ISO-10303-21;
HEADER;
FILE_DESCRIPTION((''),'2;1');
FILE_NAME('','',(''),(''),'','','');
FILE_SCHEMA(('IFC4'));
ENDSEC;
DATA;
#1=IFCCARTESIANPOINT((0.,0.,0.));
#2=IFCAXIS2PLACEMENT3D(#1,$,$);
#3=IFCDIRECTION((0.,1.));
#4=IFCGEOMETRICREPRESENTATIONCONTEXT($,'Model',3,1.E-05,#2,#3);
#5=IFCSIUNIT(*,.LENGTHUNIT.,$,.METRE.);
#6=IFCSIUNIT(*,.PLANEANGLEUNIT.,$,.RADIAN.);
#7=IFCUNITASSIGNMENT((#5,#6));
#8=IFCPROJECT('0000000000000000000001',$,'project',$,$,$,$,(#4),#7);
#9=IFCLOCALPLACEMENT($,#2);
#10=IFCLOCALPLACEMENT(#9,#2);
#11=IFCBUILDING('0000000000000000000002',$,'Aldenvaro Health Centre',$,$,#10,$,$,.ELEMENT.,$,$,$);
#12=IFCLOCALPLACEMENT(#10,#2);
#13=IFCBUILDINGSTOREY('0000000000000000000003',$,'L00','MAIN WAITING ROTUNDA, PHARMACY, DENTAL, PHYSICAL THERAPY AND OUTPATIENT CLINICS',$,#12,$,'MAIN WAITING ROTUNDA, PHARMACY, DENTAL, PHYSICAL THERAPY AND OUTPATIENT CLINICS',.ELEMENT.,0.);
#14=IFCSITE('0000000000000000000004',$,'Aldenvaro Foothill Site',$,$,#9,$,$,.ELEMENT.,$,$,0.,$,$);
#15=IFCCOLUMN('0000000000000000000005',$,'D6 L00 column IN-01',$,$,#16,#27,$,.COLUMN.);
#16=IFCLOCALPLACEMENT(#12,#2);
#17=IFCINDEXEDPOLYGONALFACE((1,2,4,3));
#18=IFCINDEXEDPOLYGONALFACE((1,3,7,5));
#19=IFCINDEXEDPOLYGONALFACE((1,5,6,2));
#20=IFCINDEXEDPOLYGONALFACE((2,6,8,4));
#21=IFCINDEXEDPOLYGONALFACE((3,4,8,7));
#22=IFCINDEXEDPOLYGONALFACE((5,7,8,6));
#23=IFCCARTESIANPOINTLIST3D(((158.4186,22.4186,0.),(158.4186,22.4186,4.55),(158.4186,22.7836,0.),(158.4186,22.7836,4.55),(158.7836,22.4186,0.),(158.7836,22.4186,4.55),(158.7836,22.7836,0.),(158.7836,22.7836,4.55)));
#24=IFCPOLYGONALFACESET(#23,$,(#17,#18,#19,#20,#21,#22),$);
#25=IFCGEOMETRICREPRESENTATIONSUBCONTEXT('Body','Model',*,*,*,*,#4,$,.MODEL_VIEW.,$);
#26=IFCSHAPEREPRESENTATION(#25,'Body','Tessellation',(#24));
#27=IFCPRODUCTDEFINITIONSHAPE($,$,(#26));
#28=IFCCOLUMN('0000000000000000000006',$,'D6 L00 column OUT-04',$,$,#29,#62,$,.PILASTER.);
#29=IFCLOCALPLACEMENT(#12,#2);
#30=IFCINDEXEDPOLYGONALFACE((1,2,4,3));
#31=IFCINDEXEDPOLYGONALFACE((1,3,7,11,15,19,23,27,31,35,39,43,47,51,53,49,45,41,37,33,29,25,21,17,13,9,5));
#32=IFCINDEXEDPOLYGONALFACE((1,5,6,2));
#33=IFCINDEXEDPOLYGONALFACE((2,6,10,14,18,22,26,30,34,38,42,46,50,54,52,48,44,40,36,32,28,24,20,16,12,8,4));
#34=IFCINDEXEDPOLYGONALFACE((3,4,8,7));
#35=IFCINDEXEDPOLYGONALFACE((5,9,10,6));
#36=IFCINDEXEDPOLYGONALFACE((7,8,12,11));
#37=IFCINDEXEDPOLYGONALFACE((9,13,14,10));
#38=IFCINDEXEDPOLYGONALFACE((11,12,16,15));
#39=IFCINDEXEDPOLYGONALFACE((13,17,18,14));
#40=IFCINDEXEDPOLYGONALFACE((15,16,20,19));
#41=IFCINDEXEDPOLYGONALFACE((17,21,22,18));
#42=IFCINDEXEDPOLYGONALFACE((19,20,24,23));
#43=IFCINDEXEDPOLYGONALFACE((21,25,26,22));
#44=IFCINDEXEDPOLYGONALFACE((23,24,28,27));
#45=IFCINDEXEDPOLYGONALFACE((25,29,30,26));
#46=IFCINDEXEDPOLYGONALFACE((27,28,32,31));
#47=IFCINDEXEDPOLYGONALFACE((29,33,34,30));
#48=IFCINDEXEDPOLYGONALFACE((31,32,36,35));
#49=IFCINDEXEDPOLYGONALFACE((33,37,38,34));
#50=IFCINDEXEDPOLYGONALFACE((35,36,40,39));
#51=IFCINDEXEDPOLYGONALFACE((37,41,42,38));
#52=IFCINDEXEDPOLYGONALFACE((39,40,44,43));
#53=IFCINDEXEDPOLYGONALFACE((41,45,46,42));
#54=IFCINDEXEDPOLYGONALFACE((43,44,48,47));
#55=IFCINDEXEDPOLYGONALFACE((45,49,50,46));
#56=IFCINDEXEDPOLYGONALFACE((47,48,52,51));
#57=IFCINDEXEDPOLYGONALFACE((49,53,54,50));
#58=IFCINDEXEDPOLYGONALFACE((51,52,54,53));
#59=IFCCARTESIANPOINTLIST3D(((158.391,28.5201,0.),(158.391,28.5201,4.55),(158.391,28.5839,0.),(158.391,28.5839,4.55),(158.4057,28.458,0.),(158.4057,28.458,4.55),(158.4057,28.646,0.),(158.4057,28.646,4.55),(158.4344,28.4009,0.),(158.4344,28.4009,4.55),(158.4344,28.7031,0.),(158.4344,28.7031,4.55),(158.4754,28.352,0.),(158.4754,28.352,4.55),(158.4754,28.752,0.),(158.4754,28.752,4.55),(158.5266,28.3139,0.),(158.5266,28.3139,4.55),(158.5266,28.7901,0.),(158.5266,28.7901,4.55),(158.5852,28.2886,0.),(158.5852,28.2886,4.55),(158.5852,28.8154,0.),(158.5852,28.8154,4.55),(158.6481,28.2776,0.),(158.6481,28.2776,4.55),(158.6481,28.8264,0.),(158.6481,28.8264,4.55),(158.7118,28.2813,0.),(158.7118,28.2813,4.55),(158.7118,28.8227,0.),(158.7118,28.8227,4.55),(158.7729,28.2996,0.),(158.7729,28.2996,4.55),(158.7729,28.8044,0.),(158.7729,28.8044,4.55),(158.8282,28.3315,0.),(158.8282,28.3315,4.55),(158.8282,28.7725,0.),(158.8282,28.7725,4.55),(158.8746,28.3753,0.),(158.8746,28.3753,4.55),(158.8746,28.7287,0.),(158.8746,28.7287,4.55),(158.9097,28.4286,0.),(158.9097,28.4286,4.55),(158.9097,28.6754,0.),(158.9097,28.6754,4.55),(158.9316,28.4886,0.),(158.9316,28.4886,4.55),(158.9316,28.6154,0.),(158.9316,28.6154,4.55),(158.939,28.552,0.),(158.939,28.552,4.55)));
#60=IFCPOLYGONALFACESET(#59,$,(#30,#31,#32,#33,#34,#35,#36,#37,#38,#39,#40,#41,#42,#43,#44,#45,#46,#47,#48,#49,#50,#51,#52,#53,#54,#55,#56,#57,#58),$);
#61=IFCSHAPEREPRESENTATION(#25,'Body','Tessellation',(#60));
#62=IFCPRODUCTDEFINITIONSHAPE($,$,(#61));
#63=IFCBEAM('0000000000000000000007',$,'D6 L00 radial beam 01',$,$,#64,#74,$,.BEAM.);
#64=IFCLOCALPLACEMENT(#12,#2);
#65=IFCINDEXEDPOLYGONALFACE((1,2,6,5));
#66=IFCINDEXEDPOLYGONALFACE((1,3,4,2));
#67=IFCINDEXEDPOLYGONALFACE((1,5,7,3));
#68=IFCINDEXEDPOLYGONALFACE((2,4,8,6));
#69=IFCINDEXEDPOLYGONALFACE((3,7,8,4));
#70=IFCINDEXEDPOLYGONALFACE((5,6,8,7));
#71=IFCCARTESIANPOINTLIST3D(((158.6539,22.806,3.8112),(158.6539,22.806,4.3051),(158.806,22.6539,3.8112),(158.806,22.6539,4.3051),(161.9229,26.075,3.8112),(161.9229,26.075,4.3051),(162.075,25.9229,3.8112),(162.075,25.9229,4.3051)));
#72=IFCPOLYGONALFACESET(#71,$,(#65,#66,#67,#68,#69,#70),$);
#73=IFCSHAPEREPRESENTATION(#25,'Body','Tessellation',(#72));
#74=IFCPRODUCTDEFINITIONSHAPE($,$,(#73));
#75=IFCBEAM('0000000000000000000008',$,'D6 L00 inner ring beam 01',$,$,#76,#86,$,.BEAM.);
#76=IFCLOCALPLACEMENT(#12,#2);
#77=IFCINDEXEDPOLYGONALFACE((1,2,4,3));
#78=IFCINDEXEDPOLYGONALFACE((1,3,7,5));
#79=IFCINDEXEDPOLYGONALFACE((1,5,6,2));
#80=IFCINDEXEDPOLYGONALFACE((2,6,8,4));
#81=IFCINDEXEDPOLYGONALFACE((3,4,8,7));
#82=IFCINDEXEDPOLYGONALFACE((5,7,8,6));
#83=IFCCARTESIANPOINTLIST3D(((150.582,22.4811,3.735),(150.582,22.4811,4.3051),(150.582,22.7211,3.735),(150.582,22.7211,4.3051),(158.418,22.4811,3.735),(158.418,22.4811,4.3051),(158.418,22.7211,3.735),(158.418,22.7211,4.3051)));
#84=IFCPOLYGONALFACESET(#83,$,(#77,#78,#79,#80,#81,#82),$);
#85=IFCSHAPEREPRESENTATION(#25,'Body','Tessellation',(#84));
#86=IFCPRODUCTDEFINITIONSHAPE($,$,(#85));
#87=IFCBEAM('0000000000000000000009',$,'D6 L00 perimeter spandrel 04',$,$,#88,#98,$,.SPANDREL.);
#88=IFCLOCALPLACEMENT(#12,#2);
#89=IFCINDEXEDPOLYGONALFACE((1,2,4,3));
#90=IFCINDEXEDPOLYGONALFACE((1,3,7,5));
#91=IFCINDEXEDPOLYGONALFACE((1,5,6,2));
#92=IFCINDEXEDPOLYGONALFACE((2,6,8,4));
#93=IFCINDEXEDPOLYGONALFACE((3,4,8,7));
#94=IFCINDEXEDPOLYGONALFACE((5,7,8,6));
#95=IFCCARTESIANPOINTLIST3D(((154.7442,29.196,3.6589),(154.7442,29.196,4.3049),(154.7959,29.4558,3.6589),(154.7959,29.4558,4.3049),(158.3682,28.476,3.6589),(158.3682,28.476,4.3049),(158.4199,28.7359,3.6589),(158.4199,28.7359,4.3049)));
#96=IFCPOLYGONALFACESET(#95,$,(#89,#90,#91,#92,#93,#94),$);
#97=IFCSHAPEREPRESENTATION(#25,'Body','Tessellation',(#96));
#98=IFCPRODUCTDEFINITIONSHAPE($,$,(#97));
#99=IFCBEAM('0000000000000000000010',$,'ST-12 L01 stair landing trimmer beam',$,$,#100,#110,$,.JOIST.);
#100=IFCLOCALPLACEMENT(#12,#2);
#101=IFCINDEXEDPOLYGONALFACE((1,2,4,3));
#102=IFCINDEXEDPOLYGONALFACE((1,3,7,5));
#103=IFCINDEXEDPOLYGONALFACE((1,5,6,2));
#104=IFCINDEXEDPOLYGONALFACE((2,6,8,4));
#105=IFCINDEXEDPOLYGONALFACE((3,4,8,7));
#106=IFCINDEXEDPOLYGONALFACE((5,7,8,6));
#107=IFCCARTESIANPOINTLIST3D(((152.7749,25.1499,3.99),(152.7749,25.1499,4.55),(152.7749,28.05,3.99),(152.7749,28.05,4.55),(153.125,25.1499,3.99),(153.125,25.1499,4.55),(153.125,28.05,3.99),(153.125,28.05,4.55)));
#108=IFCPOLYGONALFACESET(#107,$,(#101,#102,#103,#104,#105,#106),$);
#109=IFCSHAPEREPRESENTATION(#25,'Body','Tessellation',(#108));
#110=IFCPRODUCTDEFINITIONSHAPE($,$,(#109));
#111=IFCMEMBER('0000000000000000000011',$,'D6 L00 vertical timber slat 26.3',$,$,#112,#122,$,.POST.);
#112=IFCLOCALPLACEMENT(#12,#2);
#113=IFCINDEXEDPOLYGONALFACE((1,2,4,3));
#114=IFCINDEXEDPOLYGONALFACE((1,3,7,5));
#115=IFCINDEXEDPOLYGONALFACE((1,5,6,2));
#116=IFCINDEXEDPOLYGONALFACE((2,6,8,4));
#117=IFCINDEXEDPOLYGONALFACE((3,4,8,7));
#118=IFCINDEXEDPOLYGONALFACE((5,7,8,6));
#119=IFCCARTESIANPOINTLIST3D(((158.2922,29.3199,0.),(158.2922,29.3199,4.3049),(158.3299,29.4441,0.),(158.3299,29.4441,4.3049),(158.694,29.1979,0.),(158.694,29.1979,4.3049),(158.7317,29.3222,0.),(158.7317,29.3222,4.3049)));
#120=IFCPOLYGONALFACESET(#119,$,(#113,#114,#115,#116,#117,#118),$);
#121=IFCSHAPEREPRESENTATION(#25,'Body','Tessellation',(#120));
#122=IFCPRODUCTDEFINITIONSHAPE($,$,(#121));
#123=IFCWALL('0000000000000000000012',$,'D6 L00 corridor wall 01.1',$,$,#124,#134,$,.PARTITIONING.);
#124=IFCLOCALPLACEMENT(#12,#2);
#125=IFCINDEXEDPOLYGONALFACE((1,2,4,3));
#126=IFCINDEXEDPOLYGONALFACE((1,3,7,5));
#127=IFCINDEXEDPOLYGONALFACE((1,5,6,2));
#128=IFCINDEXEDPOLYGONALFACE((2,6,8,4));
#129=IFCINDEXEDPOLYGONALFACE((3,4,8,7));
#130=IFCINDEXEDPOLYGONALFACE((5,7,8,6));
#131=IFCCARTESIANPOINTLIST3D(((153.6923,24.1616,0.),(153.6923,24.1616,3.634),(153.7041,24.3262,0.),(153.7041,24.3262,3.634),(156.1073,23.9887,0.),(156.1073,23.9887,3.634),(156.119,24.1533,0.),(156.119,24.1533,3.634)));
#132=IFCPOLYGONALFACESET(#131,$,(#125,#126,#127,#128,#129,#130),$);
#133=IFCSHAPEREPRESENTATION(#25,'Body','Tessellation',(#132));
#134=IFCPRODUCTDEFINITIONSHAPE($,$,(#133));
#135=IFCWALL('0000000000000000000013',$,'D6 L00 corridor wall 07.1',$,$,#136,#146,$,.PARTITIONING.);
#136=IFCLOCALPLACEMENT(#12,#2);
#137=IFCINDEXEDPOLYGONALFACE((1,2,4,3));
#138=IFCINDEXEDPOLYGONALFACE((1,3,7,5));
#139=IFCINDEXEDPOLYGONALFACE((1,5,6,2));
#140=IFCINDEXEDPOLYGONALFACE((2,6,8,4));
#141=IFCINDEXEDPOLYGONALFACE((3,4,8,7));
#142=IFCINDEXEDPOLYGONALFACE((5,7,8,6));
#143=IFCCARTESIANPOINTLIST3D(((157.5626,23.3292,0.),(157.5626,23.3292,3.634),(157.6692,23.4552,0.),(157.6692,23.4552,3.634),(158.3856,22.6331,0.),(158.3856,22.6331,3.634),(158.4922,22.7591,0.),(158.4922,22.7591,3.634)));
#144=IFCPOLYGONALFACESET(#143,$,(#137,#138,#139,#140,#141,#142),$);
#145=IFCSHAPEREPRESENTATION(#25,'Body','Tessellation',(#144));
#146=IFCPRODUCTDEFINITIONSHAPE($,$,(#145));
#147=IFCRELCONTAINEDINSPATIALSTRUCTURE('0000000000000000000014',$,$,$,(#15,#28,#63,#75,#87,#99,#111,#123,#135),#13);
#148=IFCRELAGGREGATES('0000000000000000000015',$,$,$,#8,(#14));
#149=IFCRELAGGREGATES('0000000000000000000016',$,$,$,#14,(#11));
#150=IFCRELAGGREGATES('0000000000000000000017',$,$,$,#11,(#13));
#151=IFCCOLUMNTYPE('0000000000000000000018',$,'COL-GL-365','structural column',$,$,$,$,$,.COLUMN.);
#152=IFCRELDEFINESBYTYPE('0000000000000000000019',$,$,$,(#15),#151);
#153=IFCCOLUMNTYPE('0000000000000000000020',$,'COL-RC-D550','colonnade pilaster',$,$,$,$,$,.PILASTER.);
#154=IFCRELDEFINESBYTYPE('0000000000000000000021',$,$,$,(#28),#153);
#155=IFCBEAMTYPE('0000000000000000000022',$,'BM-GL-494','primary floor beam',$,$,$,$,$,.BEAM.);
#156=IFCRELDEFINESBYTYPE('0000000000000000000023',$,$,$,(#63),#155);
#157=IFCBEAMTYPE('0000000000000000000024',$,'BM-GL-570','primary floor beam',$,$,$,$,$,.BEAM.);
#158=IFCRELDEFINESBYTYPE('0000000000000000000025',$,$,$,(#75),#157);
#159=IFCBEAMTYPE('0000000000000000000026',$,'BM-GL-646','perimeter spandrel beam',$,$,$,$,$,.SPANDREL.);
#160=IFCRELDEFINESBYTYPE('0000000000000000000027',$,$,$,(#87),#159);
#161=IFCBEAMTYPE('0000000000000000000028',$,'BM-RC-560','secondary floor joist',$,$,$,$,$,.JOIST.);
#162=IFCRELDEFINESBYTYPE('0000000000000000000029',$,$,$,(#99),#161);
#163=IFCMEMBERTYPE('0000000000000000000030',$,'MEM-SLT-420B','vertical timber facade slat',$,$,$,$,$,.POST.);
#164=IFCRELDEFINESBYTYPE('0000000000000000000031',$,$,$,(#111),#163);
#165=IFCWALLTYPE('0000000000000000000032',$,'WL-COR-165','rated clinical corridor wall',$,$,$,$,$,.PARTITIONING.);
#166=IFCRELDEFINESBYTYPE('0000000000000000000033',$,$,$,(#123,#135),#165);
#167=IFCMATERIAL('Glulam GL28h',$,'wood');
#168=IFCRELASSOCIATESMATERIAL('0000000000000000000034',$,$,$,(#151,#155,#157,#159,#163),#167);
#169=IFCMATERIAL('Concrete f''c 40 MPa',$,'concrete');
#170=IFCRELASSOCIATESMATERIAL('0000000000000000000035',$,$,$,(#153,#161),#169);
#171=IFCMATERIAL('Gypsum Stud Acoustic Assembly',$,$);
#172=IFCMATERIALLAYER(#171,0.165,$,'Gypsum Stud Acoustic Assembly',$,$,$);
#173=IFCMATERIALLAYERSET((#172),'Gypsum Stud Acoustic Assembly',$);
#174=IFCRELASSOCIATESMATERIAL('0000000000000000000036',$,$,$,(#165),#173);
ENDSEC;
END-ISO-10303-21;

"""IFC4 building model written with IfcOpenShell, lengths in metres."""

from ifc_helpers import new_model, si_unit, direction, frame, frame_2d, origin, origin_2d, place, context, subcontext, project, spatial, rectangle, circle, extrude, material, layer, layer_set, material_profile, profile_set, type_object, element, save


model = new_model("IFC4")

# Units and contexts
model_context = context("Model", 3, precision=1e-05, world=origin(), true_north=direction((0.0, 1.0)))
body_context = subcontext(model_context, "Body", "Model", "MODEL_VIEW")
ifc_project = project(units=[si_unit("LENGTHUNIT", "METRE"), si_unit("PLANEANGLEUNIT", "RADIAN")], contexts=[model_context])

# Site, building, storey
site_placement = place(None, origin())
site = spatial("IfcSite", under=ifc_project, at=site_placement, Name="Aldenvaro Foothill Site", CompositionType="ELEMENT", RefElevation=0.0)
building_placement = place(site_placement, origin())
building = spatial("IfcBuilding", under=site, at=building_placement, Name="Aldenvaro Health Centre", CompositionType="ELEMENT")
storey_placement = place(building_placement, origin())
storey = spatial("IfcBuildingStorey", under=building, at=storey_placement, Name="L00", Description="MAIN WAITING ROTUNDA, PHARMACY, DENTAL, PHYSICAL THERAPY AND OUTPATIENT CLINICS", LongName="MAIN WAITING ROTUNDA, PHARMACY, DENTAL, PHYSICAL THERAPY AND OUTPATIENT CLINICS", CompositionType="ELEMENT", Elevation=0.0)

# Columns
ifc_material_1 = material(Name="Glulam GL28h", Category="wood")
ifc_material_profile_1 = material_profile(ifc_material_1, rectangle(XDim=0.365, YDim=0.365, at=origin_2d()), Name="GL 365x365", Category="wood")
ifc_profile_set_1 = profile_set([ifc_material_profile_1], Name="Glulam GL28h")
column_type_1 = type_object("IfcColumnType", Name="COL-GL-365", Description="structural column", PredefinedType="COLUMN", material=ifc_profile_set_1)
column_1_placement = place(storey_placement, frame((158.6011, 22.6011, 0.0), z_axis=(0.0, 0.0, 1.0), x_axis=(1.0, 0.0, 0.0)))
element("IfcColumn", 1, at=column_1_placement, inside=storey, type_object=column_type_1, Name="D6 L00 column IN-01", PredefinedType="COLUMN", context=body_context, shape_type="SweptSolid", body=[
    extrude(rectangle(XDim=0.365, YDim=0.365, at=origin_2d()), origin(), (0.0, 0.0, 1.0), 4.55),
])
ifc_material_2 = material(Name="Concrete f'c 40 MPa", Category="concrete")
ifc_material_profile_2 = material_profile(ifc_material_2, circle(Radius=0.2749, at=origin_2d()), Name="RC D550", Category="concrete")
ifc_profile_set_2 = profile_set([ifc_material_profile_2], Name="Concrete f'c 40 MPa")
column_type_2 = type_object("IfcColumnType", Name="COL-RC-D550", Description="colonnade pilaster", PredefinedType="PILASTER", material=ifc_profile_set_2)
column_2_placement = place(storey_placement, frame((158.6641, 28.552, 0.0), z_axis=(0.0, 0.0, 1.0), x_axis=(1.0, 0.0, 0.0)))
element("IfcColumn", 2, at=column_2_placement, inside=storey, type_object=column_type_2, Name="D6 L00 column OUT-04", PredefinedType="PILASTER", context=body_context, shape_type="SweptSolid", body=[
    extrude(circle(Radius=0.2749, at=origin_2d()), origin(), (0.0, 0.0, 1.0), 4.55),
])

# Beams
ifc_material_profile_3 = material_profile(ifc_material_1, rectangle(XDim=0.2151, YDim=0.4939, at=origin_2d()), Name="GL 215x494", Category="wood")
ifc_profile_set_3 = profile_set([ifc_material_profile_3], Name="Glulam GL28h")
beam_type_1 = type_object("IfcBeamType", Name="BM-GL-494", Description="primary floor beam", PredefinedType="BEAM", material=ifc_profile_set_3)
beam_1_placement = place(storey_placement, frame((158.73, 22.73, 4.0581), z_axis=(0.707107, 0.707107, 0.0), x_axis=(-0.707107, 0.707107, 0.0)))
element("IfcBeam", 3, at=beam_1_placement, inside=storey, type_object=beam_type_1, Name="D6 L00 radial beam 01", PredefinedType="BEAM", context=body_context, shape_type="SweptSolid", body=[
    extrude(rectangle(XDim=0.2151, YDim=0.4939, at=origin_2d()), origin(), (0.0, 0.0, 1.0), 4.623),
])
ifc_material_profile_4 = material_profile(ifc_material_1, rectangle(XDim=0.24, YDim=0.5701, at=origin_2d()), Name="GL 240x570", Category="wood")
ifc_profile_set_4 = profile_set([ifc_material_profile_4], Name="Glulam GL28h")
beam_type_2 = type_object("IfcBeamType", Name="BM-GL-570", Description="primary floor beam", PredefinedType="BEAM", material=ifc_profile_set_4)
beam_2_placement = place(storey_placement, frame((158.418, 22.6011, 4.02), z_axis=(-1.0, 0.0, 0.0), x_axis=(0.0, -1.0, 0.0)))
element("IfcBeam", 4, at=beam_2_placement, inside=storey, type_object=beam_type_2, Name="D6 L00 inner ring beam 01", PredefinedType="BEAM", context=body_context, shape_type="SweptSolid", body=[
    extrude(rectangle(XDim=0.24, YDim=0.5701, at=origin_2d()), origin(), (0.0, 0.0, 1.0), 7.8359),
])
ifc_material_profile_5 = material_profile(ifc_material_1, rectangle(XDim=0.2649, YDim=0.646, at=origin_2d()), Name="GL 265x646", Category="wood")
ifc_profile_set_5 = profile_set([ifc_material_profile_5], Name="Glulam GL28h")
beam_type_3 = type_object("IfcBeamType", Name="BM-GL-646", Description="perimeter spandrel beam", PredefinedType="SPANDREL", material=ifc_profile_set_5)
beam_3_placement = place(storey_placement, frame((158.394, 28.606, 3.9819), z_axis=(-0.980831, 0.194858, 0.0), x_axis=(-0.194858, -0.980831, 0.0)))
element("IfcBeam", 5, at=beam_3_placement, inside=storey, type_object=beam_type_3, Name="D6 L00 perimeter spandrel 04", PredefinedType="SPANDREL", context=body_context, shape_type="SweptSolid", body=[
    extrude(rectangle(XDim=0.2649, YDim=0.646, at=origin_2d()), origin(), (0.0, 0.0, 1.0), 3.6948),
])
ifc_material_profile_6 = material_profile(ifc_material_2, rectangle(XDim=0.3501, YDim=0.5601, at=origin_2d()), Name="RC 350x560", Category="concrete")
ifc_profile_set_6 = profile_set([ifc_material_profile_6], Name="Concrete f'c 40 MPa")
beam_type_4 = type_object("IfcBeamType", Name="BM-RC-560", Description="secondary floor joist", PredefinedType="JOIST", material=ifc_profile_set_6)
beam_4_placement = place(storey_placement, frame((152.95, 25.1499, 4.27), z_axis=(0.0, 1.0, 0.0), x_axis=(-1.0, 0.0, 0.0)))
element("IfcBeam", 6, at=beam_4_placement, inside=storey, type_object=beam_type_4, Name="ST-12 L01 stair landing trimmer beam", PredefinedType="JOIST", context=body_context, shape_type="SweptSolid", body=[
    extrude(rectangle(XDim=0.3501, YDim=0.5601, at=origin_2d()), origin(), (0.0, 0.0, 1.0), 2.9001),
])

# Member
ifc_material_profile_7 = material_profile(ifc_material_1, rectangle(XDim=0.1299, YDim=0.4199, at=origin_2d()), Name="GL 130x420", Category="wood")
ifc_profile_set_7 = profile_set([ifc_material_profile_7], Name="Glulam GL28h")
member_type = type_object("IfcMemberType", Name="MEM-SLT-420B", Description="vertical timber facade slat", PredefinedType="POST", material=ifc_profile_set_7)
member_placement = place(storey_placement, frame((158.512, 29.321, 0.0), z_axis=(0.0, 0.0, 1.0), x_axis=(0.290343, 0.956923, 0.0)))
element("IfcMember", 7, at=member_placement, inside=storey, type_object=member_type, Name="D6 L00 vertical timber slat 26.3", PredefinedType="POST", context=body_context, shape_type="SweptSolid", body=[
    extrude(rectangle(XDim=0.1299, YDim=0.4199, at=origin_2d()), origin(), (0.0, 0.0, 1.0), 4.3049),
])

# Walls
ifc_material_3 = material(Name="Gypsum Stud Acoustic Assembly")
ifc_layer_1 = layer(ifc_material_3, 0.165, Name="Gypsum Stud Acoustic Assembly")
ifc_layer_set_1 = layer_set([ifc_layer_1], Name="Gypsum Stud Acoustic Assembly")
wall_type_1 = type_object("IfcWallType", Name="WL-COR-165", Description="rated clinical corridor wall", PredefinedType="PARTITIONING", material=ifc_layer_set_1)
wall_1_placement = place(storey_placement, frame((156.113, 24.071, 0.0), z_axis=(0.0, 0.0, 1.0), x_axis=(-0.997448, 0.07139, 0.0)))
element("IfcWall", 8, at=wall_1_placement, inside=storey, type_object=wall_type_1, Name="D6 L00 corridor wall 01.1", PredefinedType="PARTITIONING", context=body_context, shape_type="SweptSolid", body=[
    extrude(rectangle(XDim=2.4211, YDim=0.165, at=frame_2d((1.2104, 0.0))), origin(), (0.0, 0.0, 1.0), 3.634),
])
wall_2_placement = place(storey_placement, frame((158.439, 22.696, 0.0), z_axis=(0.0, 0.0, 1.0), x_axis=(-0.763541, 0.645759, 0.0)))
element("IfcWall", 9, at=wall_2_placement, inside=storey, type_object=wall_type_1, Name="D6 L00 corridor wall 07.1", PredefinedType="PARTITIONING", context=body_context, shape_type="SweptSolid", body=[
    extrude(rectangle(XDim=1.0779, YDim=0.165, at=frame_2d((0.5391, 0.0))), origin(), (0.0, 0.0, 1.0), 3.634),
])

save(model, "model.ifc")
